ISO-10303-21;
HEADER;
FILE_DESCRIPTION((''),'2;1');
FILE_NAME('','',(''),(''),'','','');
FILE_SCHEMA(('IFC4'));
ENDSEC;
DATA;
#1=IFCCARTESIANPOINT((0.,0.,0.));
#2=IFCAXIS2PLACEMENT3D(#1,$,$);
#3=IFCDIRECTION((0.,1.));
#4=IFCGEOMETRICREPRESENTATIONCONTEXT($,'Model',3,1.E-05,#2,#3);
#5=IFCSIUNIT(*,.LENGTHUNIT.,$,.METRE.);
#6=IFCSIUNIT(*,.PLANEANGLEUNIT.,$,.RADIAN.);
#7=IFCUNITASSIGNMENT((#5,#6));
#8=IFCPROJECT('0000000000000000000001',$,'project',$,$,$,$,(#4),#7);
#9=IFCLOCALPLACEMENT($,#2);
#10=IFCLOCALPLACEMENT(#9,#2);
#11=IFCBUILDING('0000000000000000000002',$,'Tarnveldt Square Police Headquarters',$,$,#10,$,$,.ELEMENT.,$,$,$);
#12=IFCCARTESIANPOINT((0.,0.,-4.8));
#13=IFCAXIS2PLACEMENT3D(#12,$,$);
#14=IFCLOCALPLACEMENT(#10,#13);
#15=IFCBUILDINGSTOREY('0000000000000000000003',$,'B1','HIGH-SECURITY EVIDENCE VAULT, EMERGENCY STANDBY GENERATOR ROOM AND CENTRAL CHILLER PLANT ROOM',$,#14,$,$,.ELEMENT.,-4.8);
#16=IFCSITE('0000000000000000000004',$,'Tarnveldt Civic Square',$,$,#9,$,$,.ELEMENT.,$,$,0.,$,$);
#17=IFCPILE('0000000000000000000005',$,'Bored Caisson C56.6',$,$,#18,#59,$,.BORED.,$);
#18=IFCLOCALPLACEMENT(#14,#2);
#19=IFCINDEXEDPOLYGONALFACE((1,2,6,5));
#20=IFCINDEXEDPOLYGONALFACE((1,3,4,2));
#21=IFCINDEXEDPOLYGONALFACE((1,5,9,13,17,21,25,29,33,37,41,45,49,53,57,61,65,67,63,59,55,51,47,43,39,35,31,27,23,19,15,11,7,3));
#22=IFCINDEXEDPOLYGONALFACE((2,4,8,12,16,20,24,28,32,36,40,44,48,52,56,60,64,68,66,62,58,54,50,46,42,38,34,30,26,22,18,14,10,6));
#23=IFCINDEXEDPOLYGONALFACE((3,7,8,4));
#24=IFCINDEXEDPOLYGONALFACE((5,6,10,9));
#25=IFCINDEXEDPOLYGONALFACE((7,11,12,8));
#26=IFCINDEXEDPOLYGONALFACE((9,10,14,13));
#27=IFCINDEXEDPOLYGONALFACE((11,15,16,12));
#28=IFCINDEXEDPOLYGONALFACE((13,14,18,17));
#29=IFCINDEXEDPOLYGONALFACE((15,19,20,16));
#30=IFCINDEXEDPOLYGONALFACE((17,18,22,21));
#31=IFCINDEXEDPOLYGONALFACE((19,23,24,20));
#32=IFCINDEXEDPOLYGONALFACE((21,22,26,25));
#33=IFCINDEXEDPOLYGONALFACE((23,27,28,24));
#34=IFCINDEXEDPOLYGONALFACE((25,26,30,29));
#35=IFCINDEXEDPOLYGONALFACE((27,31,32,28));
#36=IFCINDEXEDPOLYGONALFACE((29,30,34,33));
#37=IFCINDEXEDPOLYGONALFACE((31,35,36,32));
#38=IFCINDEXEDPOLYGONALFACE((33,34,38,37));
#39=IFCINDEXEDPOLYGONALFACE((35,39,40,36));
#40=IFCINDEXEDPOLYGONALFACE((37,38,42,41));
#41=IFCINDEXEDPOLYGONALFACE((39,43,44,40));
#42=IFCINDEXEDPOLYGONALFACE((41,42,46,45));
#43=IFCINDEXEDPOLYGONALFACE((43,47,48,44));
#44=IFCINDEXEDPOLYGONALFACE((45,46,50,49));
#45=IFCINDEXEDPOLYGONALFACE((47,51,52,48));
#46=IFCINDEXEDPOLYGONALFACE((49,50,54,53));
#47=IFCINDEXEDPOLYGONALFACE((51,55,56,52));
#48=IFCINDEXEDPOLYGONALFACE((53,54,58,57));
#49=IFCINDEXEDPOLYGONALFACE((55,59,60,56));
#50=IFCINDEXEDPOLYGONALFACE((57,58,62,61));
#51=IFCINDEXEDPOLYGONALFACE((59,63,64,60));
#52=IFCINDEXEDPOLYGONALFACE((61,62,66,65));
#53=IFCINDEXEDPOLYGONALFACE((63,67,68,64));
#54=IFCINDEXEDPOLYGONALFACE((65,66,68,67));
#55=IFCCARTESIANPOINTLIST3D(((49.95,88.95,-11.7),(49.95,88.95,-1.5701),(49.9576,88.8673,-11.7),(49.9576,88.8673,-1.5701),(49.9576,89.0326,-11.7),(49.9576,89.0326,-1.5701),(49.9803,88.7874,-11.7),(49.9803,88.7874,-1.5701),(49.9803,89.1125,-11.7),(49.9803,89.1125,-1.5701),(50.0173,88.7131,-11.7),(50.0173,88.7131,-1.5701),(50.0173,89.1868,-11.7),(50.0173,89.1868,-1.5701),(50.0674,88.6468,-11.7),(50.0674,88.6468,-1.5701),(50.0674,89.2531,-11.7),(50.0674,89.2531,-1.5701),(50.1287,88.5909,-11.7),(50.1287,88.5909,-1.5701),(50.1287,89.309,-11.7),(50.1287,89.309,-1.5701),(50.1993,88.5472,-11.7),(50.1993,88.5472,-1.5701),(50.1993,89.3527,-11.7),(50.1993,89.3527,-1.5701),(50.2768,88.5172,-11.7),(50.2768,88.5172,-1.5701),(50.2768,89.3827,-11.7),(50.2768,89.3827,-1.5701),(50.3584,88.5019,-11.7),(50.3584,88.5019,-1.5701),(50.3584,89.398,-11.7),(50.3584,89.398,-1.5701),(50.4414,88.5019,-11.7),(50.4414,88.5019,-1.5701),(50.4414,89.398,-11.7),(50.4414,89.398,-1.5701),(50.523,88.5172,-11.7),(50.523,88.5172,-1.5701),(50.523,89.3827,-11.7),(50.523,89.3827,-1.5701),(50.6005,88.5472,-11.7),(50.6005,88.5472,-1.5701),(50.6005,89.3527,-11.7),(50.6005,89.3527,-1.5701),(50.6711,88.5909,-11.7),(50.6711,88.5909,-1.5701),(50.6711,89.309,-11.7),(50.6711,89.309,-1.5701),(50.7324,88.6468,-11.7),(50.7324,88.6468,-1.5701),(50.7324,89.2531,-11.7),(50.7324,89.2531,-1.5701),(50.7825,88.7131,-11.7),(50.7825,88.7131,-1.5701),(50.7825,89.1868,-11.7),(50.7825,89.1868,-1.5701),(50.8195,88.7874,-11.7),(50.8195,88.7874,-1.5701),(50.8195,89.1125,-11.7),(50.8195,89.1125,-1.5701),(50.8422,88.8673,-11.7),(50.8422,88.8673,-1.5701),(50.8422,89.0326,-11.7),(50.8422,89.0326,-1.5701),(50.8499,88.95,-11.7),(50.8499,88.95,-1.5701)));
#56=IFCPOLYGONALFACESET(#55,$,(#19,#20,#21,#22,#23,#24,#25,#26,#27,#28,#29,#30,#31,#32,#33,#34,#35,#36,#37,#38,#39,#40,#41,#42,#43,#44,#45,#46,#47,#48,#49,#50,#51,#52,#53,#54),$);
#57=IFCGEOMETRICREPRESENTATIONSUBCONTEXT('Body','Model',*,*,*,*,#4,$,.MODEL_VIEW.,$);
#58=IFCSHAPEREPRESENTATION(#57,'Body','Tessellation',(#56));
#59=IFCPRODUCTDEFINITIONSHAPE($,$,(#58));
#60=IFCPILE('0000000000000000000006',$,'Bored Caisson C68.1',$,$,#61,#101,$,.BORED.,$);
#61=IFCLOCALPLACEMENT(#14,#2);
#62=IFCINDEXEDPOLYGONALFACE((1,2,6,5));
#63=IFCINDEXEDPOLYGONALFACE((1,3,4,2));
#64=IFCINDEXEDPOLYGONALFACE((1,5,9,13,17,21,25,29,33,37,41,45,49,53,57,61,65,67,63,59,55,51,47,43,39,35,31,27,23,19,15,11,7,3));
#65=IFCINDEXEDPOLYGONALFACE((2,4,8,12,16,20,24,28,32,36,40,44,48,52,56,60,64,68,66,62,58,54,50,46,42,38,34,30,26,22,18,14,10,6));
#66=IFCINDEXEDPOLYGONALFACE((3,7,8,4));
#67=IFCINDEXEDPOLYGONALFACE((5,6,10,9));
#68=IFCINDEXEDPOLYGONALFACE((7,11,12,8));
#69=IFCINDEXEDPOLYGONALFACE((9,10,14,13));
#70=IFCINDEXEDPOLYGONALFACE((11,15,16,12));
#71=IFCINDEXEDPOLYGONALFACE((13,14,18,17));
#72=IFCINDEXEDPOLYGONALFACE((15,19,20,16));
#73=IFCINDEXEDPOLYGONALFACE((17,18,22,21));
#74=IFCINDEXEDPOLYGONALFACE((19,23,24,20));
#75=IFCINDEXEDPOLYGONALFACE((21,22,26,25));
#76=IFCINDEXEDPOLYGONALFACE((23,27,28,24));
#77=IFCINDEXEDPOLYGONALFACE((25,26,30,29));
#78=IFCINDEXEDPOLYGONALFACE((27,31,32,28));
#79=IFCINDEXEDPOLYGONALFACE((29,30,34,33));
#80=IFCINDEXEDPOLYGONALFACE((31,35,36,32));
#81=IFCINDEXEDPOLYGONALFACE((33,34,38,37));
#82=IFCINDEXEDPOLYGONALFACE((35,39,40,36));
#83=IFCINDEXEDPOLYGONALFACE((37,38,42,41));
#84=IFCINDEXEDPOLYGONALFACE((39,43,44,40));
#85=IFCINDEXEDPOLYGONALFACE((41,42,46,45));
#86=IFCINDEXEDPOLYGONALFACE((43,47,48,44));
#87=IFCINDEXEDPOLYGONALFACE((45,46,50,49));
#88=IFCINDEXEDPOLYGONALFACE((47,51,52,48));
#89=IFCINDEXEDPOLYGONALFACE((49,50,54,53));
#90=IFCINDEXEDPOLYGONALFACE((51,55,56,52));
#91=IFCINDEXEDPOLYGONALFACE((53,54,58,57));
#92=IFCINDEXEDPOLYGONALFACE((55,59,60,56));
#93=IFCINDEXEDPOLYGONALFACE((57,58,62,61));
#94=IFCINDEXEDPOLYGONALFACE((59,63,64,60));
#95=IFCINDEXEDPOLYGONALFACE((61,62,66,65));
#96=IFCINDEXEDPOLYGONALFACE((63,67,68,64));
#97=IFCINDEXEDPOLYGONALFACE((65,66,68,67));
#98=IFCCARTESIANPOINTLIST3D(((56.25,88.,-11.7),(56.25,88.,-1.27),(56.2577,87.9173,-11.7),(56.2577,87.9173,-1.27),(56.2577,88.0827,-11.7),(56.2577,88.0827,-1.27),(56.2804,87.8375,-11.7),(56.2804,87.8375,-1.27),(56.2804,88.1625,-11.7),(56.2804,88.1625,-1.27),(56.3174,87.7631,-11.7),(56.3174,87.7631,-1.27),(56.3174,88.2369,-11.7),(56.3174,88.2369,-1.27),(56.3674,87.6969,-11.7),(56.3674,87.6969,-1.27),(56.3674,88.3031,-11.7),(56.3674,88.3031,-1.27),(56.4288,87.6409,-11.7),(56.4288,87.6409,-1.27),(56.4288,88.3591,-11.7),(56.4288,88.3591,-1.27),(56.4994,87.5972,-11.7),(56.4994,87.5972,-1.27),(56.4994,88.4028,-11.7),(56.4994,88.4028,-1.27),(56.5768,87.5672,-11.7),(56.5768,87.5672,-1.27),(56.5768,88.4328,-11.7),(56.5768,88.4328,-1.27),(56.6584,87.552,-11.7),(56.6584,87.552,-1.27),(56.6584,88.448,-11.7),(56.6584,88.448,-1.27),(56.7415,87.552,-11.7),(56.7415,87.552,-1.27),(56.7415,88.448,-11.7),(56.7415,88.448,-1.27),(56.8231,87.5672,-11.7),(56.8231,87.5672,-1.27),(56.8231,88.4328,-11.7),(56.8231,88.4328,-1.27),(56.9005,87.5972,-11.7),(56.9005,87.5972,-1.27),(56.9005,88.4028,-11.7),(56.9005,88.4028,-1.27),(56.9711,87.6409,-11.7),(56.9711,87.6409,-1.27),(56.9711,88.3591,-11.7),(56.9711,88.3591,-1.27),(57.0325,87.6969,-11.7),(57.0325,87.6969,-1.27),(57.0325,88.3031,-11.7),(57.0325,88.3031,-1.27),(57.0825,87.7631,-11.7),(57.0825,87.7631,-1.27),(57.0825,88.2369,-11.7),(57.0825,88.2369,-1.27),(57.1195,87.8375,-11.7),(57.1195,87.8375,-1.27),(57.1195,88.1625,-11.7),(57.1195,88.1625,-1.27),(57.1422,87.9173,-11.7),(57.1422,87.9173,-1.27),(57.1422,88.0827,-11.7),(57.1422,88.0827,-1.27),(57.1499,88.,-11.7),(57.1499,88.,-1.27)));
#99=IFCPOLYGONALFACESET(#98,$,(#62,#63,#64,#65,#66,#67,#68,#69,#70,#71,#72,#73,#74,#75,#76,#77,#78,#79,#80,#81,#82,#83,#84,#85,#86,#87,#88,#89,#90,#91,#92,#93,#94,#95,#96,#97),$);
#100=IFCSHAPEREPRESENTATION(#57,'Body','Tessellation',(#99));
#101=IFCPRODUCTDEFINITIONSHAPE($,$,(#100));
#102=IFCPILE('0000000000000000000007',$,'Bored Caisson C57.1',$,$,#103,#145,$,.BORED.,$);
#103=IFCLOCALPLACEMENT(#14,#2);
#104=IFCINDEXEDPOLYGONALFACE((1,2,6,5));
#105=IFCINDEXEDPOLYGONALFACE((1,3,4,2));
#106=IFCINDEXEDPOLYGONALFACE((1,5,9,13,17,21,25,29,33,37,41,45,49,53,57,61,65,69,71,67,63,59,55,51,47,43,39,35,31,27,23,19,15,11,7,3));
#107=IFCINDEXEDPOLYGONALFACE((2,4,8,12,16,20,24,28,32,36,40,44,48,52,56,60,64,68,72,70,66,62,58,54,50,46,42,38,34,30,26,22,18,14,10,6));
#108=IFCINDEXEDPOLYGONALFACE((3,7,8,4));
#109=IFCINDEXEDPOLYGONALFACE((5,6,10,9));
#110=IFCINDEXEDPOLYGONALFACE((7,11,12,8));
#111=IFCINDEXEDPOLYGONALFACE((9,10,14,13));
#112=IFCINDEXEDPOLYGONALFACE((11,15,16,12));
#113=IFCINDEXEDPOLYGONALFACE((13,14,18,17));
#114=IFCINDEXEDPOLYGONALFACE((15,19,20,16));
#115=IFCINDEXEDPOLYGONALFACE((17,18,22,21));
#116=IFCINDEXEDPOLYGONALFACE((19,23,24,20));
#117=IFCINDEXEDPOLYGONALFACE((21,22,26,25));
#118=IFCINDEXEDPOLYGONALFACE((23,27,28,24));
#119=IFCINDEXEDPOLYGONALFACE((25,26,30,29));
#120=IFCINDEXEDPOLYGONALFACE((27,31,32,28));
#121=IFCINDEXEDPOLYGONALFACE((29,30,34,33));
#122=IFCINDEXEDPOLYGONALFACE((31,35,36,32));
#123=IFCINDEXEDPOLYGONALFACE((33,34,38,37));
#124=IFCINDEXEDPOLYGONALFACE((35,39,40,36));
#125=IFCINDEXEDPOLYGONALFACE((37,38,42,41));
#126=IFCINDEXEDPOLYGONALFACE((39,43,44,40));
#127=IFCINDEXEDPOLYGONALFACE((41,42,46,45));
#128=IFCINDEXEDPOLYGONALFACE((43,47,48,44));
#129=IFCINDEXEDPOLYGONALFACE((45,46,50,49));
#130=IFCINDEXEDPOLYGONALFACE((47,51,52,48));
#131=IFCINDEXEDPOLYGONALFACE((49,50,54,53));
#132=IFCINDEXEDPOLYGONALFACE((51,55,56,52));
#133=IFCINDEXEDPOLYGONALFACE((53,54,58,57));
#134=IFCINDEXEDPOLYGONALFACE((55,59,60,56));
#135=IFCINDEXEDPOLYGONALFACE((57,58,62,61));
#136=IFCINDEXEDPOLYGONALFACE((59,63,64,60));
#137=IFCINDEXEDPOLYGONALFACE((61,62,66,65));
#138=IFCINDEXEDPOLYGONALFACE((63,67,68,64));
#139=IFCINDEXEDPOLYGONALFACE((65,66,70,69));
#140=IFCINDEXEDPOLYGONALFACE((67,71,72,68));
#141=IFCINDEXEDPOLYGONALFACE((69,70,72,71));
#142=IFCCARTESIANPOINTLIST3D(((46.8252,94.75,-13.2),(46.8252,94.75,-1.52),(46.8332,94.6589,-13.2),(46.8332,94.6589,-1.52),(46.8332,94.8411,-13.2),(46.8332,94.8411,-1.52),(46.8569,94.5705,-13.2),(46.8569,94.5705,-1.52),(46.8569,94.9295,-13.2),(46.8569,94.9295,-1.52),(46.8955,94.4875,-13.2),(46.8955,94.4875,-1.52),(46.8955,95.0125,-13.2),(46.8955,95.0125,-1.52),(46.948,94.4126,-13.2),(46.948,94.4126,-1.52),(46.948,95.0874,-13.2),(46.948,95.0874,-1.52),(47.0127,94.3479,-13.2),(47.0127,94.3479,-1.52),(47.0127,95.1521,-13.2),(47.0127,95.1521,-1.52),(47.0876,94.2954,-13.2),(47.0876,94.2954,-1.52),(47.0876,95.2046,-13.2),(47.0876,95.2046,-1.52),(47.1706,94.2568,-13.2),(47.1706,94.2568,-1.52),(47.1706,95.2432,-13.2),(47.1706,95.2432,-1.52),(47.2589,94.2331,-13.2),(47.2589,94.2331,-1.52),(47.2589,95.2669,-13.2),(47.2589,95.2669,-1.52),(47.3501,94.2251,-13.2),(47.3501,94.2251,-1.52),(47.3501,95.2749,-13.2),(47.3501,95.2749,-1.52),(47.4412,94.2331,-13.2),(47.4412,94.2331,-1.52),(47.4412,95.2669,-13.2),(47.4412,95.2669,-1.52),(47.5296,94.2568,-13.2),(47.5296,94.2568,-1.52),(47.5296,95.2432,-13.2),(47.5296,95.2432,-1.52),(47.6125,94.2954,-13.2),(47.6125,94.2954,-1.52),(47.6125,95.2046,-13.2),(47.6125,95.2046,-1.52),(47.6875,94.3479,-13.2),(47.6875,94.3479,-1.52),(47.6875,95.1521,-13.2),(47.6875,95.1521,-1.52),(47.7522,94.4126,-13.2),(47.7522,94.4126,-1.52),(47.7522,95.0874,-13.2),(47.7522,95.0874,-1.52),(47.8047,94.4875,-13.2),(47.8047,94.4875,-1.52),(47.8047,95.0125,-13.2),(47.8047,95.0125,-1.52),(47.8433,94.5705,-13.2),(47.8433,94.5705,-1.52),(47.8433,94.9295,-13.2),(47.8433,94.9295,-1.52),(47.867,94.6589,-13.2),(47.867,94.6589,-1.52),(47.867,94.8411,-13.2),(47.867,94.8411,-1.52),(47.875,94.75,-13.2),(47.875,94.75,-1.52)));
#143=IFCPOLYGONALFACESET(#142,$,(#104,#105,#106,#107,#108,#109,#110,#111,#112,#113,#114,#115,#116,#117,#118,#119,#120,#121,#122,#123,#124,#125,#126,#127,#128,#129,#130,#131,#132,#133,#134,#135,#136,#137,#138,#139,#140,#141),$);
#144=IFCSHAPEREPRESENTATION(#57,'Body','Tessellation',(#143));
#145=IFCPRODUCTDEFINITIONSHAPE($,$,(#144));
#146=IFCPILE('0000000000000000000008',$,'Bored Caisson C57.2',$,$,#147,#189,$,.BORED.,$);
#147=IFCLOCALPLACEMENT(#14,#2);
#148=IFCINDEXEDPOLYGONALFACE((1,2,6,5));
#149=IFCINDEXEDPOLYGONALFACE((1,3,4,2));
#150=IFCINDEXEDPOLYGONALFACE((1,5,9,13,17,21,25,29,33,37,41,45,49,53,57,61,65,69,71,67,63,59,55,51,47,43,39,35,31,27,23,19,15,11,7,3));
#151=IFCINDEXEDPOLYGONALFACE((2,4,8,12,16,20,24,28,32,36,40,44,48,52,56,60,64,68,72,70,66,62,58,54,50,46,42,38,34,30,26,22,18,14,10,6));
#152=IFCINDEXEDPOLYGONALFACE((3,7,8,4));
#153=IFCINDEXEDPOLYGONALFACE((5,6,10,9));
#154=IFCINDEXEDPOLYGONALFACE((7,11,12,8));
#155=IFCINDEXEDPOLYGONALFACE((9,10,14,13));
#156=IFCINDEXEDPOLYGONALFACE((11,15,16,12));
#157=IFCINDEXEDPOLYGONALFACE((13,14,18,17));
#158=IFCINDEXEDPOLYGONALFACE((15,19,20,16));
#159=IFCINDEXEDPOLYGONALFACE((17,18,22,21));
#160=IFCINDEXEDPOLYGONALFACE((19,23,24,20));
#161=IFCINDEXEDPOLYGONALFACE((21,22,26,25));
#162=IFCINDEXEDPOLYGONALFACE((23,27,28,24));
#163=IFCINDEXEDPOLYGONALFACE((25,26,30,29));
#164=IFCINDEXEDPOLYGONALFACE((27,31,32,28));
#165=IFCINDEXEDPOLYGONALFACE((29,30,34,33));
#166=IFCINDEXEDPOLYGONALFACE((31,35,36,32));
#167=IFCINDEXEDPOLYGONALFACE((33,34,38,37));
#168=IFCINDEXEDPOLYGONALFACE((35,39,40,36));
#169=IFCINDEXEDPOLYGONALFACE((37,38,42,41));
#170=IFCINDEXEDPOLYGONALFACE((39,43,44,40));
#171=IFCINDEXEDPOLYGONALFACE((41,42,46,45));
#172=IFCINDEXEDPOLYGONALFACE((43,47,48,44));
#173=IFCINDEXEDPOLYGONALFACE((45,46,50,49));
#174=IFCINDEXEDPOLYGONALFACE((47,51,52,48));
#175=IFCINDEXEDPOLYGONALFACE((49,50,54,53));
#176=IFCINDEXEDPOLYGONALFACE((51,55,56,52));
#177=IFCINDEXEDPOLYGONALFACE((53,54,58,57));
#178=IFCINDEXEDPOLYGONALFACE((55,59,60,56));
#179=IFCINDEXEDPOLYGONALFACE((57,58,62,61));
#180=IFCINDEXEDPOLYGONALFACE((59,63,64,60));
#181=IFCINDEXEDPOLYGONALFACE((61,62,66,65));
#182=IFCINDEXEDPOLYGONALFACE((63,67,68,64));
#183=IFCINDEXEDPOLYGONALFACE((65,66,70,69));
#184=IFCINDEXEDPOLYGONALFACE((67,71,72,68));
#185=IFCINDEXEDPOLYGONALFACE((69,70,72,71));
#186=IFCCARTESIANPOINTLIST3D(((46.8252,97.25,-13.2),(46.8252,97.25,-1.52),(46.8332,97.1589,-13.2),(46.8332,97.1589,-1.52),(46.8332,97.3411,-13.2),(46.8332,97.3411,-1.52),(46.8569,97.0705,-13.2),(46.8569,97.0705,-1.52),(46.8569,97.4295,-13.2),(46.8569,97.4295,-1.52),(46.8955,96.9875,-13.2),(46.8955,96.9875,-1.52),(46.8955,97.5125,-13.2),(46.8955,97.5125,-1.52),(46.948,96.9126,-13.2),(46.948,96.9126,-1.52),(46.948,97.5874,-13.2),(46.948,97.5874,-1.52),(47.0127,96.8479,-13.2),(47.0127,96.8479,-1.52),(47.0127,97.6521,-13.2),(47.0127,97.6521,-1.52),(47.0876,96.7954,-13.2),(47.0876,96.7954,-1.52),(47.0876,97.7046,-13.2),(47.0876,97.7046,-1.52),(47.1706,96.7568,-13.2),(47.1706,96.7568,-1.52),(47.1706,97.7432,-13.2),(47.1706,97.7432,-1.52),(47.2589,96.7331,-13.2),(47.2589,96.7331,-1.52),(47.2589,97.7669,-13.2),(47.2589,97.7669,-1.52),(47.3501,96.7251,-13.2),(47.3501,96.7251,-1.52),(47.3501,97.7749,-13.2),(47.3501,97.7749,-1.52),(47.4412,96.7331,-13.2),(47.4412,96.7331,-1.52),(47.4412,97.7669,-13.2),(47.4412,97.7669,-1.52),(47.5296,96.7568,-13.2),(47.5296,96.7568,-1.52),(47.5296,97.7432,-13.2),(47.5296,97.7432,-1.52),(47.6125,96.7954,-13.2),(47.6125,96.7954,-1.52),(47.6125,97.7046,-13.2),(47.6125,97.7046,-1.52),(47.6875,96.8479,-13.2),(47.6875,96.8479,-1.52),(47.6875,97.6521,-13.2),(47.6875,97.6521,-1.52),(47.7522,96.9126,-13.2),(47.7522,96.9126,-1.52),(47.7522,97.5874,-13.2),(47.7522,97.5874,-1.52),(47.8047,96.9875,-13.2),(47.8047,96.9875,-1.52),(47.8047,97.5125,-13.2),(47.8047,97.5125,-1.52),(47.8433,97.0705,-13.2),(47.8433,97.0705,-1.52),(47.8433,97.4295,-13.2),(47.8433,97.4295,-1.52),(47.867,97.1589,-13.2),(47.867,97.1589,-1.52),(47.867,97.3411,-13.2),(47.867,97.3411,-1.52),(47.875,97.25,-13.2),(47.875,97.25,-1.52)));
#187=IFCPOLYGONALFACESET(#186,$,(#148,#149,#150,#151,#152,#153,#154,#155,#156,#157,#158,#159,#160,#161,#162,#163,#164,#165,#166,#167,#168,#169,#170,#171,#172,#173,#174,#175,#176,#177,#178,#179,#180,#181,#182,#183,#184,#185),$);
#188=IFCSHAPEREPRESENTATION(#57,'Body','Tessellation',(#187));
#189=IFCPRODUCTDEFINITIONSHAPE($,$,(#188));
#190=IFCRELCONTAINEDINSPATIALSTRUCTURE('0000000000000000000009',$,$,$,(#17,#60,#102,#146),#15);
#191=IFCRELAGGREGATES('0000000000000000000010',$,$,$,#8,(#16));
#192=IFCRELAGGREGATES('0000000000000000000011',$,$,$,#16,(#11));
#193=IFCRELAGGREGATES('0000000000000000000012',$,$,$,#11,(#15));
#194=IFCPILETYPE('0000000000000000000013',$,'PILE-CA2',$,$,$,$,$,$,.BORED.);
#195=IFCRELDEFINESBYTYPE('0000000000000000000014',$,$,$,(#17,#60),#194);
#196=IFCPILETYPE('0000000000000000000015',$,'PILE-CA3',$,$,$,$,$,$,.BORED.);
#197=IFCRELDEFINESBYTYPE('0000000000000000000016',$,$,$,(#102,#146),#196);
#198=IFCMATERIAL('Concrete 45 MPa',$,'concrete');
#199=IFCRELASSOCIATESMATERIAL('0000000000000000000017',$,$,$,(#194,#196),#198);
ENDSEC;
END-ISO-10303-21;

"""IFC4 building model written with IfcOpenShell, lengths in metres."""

from ifc_helpers import new_model, si_unit, direction, frame, origin, origin_2d, place, context, subcontext, project, spatial, circle, extrude, material, material_profile, profile_set, type_object, element, save


model = new_model("IFC4")

# Units and contexts
model_context = context("Model", 3, precision=1e-05, world=origin(), true_north=direction((0.0, 1.0)))
body_context = subcontext(model_context, "Body", "Model", "MODEL_VIEW")
ifc_project = project(units=[si_unit("LENGTHUNIT", "METRE"), si_unit("PLANEANGLEUNIT", "RADIAN")], contexts=[model_context])

# Site, building, storey
site_placement = place(None, origin())
site = spatial("IfcSite", under=ifc_project, at=site_placement, Name="Tarnveldt Civic Square", CompositionType="ELEMENT", RefElevation=0.0)
building_placement = place(site_placement, origin())
building = spatial("IfcBuilding", under=site, at=building_placement, Name="Tarnveldt Square Police Headquarters", CompositionType="ELEMENT")
storey_placement = place(building_placement, frame((0.0, 0.0, -4.8)))
storey = spatial("IfcBuildingStorey", under=building, at=storey_placement, Name="B1", Description="HIGH-SECURITY EVIDENCE VAULT, EMERGENCY STANDBY GENERATOR ROOM AND CENTRAL CHILLER PLANT ROOM", CompositionType="ELEMENT", Elevation=-4.8)

# Shared definitions
ifc_material_1 = material(Name="Concrete 45 MPa", Category="concrete")

# Piles
ifc_material_profile_1 = material_profile(ifc_material_1, circle(Radius=0.45, at=origin_2d()), Name="CAISSON-D900")
ifc_profile_set_1 = profile_set([ifc_material_profile_1], Name="Concrete 45 MPa")
pile_type_1 = type_object("IfcPileType", Name="PILE-CA2", PredefinedType="BORED", material=ifc_profile_set_1)
for number, where, z_axis, x_axis, name in (
    (1, (50.3999, 88.95, -1.5701), (0.0, 0.0, -1.0), (1.0, 0.0, 0.0), "Bored Caisson C56.6"),
):
    element("IfcPile", number, at=place(storey_placement, frame(where, z_axis=z_axis, x_axis=x_axis)), inside=storey, type_object=pile_type_1, Name=name, PredefinedType="BORED", context=body_context, shape_type="SweptSolid", body=[
        extrude(circle(Radius=0.45, at=origin_2d()), origin(), (0.0, 0.0, 1.0), 10.1299),
    ])
pile_placement = place(storey_placement, frame((56.7, 88.0, -1.27), z_axis=(0.0, 0.0, -1.0), x_axis=(1.0, 0.0, 0.0)))
element("IfcPile", 2, at=pile_placement, inside=storey, type_object=pile_type_1, Name="Bored Caisson C68.1", PredefinedType="BORED", context=body_context, shape_type="SweptSolid", body=[
    extrude(circle(Radius=0.45, at=origin_2d()), origin(), (0.0, 0.0, 1.0), 10.4299),
])
ifc_material_profile_2 = material_profile(ifc_material_1, circle(Radius=0.5249, at=origin_2d()), Name="CAISSON-D1050")
ifc_profile_set_2 = profile_set([ifc_material_profile_2], Name="Concrete 45 MPa")
pile_type_2 = type_object("IfcPileType", Name="PILE-CA3", PredefinedType="BORED", material=ifc_profile_set_2)
for number, where, z_axis, x_axis, name in (
    (3, (47.3501, 94.75, -1.52), (0.0, 0.0, -1.0), (1.0, 0.0, 0.0), "Bored Caisson C57.1"),
    (4, (47.3501, 97.25, -1.52), (0.0, 0.0, -1.0), (1.0, 0.0, 0.0), "Bored Caisson C57.2"),
):
    element("IfcPile", number, at=place(storey_placement, frame(where, z_axis=z_axis, x_axis=x_axis)), inside=storey, type_object=pile_type_2, Name=name, PredefinedType="BORED", context=body_context, shape_type="SweptSolid", body=[
        extrude(circle(Radius=0.5249, at=origin_2d()), origin(), (0.0, 0.0, 1.0), 11.6799),
    ])

save(model, "model.ifc")
